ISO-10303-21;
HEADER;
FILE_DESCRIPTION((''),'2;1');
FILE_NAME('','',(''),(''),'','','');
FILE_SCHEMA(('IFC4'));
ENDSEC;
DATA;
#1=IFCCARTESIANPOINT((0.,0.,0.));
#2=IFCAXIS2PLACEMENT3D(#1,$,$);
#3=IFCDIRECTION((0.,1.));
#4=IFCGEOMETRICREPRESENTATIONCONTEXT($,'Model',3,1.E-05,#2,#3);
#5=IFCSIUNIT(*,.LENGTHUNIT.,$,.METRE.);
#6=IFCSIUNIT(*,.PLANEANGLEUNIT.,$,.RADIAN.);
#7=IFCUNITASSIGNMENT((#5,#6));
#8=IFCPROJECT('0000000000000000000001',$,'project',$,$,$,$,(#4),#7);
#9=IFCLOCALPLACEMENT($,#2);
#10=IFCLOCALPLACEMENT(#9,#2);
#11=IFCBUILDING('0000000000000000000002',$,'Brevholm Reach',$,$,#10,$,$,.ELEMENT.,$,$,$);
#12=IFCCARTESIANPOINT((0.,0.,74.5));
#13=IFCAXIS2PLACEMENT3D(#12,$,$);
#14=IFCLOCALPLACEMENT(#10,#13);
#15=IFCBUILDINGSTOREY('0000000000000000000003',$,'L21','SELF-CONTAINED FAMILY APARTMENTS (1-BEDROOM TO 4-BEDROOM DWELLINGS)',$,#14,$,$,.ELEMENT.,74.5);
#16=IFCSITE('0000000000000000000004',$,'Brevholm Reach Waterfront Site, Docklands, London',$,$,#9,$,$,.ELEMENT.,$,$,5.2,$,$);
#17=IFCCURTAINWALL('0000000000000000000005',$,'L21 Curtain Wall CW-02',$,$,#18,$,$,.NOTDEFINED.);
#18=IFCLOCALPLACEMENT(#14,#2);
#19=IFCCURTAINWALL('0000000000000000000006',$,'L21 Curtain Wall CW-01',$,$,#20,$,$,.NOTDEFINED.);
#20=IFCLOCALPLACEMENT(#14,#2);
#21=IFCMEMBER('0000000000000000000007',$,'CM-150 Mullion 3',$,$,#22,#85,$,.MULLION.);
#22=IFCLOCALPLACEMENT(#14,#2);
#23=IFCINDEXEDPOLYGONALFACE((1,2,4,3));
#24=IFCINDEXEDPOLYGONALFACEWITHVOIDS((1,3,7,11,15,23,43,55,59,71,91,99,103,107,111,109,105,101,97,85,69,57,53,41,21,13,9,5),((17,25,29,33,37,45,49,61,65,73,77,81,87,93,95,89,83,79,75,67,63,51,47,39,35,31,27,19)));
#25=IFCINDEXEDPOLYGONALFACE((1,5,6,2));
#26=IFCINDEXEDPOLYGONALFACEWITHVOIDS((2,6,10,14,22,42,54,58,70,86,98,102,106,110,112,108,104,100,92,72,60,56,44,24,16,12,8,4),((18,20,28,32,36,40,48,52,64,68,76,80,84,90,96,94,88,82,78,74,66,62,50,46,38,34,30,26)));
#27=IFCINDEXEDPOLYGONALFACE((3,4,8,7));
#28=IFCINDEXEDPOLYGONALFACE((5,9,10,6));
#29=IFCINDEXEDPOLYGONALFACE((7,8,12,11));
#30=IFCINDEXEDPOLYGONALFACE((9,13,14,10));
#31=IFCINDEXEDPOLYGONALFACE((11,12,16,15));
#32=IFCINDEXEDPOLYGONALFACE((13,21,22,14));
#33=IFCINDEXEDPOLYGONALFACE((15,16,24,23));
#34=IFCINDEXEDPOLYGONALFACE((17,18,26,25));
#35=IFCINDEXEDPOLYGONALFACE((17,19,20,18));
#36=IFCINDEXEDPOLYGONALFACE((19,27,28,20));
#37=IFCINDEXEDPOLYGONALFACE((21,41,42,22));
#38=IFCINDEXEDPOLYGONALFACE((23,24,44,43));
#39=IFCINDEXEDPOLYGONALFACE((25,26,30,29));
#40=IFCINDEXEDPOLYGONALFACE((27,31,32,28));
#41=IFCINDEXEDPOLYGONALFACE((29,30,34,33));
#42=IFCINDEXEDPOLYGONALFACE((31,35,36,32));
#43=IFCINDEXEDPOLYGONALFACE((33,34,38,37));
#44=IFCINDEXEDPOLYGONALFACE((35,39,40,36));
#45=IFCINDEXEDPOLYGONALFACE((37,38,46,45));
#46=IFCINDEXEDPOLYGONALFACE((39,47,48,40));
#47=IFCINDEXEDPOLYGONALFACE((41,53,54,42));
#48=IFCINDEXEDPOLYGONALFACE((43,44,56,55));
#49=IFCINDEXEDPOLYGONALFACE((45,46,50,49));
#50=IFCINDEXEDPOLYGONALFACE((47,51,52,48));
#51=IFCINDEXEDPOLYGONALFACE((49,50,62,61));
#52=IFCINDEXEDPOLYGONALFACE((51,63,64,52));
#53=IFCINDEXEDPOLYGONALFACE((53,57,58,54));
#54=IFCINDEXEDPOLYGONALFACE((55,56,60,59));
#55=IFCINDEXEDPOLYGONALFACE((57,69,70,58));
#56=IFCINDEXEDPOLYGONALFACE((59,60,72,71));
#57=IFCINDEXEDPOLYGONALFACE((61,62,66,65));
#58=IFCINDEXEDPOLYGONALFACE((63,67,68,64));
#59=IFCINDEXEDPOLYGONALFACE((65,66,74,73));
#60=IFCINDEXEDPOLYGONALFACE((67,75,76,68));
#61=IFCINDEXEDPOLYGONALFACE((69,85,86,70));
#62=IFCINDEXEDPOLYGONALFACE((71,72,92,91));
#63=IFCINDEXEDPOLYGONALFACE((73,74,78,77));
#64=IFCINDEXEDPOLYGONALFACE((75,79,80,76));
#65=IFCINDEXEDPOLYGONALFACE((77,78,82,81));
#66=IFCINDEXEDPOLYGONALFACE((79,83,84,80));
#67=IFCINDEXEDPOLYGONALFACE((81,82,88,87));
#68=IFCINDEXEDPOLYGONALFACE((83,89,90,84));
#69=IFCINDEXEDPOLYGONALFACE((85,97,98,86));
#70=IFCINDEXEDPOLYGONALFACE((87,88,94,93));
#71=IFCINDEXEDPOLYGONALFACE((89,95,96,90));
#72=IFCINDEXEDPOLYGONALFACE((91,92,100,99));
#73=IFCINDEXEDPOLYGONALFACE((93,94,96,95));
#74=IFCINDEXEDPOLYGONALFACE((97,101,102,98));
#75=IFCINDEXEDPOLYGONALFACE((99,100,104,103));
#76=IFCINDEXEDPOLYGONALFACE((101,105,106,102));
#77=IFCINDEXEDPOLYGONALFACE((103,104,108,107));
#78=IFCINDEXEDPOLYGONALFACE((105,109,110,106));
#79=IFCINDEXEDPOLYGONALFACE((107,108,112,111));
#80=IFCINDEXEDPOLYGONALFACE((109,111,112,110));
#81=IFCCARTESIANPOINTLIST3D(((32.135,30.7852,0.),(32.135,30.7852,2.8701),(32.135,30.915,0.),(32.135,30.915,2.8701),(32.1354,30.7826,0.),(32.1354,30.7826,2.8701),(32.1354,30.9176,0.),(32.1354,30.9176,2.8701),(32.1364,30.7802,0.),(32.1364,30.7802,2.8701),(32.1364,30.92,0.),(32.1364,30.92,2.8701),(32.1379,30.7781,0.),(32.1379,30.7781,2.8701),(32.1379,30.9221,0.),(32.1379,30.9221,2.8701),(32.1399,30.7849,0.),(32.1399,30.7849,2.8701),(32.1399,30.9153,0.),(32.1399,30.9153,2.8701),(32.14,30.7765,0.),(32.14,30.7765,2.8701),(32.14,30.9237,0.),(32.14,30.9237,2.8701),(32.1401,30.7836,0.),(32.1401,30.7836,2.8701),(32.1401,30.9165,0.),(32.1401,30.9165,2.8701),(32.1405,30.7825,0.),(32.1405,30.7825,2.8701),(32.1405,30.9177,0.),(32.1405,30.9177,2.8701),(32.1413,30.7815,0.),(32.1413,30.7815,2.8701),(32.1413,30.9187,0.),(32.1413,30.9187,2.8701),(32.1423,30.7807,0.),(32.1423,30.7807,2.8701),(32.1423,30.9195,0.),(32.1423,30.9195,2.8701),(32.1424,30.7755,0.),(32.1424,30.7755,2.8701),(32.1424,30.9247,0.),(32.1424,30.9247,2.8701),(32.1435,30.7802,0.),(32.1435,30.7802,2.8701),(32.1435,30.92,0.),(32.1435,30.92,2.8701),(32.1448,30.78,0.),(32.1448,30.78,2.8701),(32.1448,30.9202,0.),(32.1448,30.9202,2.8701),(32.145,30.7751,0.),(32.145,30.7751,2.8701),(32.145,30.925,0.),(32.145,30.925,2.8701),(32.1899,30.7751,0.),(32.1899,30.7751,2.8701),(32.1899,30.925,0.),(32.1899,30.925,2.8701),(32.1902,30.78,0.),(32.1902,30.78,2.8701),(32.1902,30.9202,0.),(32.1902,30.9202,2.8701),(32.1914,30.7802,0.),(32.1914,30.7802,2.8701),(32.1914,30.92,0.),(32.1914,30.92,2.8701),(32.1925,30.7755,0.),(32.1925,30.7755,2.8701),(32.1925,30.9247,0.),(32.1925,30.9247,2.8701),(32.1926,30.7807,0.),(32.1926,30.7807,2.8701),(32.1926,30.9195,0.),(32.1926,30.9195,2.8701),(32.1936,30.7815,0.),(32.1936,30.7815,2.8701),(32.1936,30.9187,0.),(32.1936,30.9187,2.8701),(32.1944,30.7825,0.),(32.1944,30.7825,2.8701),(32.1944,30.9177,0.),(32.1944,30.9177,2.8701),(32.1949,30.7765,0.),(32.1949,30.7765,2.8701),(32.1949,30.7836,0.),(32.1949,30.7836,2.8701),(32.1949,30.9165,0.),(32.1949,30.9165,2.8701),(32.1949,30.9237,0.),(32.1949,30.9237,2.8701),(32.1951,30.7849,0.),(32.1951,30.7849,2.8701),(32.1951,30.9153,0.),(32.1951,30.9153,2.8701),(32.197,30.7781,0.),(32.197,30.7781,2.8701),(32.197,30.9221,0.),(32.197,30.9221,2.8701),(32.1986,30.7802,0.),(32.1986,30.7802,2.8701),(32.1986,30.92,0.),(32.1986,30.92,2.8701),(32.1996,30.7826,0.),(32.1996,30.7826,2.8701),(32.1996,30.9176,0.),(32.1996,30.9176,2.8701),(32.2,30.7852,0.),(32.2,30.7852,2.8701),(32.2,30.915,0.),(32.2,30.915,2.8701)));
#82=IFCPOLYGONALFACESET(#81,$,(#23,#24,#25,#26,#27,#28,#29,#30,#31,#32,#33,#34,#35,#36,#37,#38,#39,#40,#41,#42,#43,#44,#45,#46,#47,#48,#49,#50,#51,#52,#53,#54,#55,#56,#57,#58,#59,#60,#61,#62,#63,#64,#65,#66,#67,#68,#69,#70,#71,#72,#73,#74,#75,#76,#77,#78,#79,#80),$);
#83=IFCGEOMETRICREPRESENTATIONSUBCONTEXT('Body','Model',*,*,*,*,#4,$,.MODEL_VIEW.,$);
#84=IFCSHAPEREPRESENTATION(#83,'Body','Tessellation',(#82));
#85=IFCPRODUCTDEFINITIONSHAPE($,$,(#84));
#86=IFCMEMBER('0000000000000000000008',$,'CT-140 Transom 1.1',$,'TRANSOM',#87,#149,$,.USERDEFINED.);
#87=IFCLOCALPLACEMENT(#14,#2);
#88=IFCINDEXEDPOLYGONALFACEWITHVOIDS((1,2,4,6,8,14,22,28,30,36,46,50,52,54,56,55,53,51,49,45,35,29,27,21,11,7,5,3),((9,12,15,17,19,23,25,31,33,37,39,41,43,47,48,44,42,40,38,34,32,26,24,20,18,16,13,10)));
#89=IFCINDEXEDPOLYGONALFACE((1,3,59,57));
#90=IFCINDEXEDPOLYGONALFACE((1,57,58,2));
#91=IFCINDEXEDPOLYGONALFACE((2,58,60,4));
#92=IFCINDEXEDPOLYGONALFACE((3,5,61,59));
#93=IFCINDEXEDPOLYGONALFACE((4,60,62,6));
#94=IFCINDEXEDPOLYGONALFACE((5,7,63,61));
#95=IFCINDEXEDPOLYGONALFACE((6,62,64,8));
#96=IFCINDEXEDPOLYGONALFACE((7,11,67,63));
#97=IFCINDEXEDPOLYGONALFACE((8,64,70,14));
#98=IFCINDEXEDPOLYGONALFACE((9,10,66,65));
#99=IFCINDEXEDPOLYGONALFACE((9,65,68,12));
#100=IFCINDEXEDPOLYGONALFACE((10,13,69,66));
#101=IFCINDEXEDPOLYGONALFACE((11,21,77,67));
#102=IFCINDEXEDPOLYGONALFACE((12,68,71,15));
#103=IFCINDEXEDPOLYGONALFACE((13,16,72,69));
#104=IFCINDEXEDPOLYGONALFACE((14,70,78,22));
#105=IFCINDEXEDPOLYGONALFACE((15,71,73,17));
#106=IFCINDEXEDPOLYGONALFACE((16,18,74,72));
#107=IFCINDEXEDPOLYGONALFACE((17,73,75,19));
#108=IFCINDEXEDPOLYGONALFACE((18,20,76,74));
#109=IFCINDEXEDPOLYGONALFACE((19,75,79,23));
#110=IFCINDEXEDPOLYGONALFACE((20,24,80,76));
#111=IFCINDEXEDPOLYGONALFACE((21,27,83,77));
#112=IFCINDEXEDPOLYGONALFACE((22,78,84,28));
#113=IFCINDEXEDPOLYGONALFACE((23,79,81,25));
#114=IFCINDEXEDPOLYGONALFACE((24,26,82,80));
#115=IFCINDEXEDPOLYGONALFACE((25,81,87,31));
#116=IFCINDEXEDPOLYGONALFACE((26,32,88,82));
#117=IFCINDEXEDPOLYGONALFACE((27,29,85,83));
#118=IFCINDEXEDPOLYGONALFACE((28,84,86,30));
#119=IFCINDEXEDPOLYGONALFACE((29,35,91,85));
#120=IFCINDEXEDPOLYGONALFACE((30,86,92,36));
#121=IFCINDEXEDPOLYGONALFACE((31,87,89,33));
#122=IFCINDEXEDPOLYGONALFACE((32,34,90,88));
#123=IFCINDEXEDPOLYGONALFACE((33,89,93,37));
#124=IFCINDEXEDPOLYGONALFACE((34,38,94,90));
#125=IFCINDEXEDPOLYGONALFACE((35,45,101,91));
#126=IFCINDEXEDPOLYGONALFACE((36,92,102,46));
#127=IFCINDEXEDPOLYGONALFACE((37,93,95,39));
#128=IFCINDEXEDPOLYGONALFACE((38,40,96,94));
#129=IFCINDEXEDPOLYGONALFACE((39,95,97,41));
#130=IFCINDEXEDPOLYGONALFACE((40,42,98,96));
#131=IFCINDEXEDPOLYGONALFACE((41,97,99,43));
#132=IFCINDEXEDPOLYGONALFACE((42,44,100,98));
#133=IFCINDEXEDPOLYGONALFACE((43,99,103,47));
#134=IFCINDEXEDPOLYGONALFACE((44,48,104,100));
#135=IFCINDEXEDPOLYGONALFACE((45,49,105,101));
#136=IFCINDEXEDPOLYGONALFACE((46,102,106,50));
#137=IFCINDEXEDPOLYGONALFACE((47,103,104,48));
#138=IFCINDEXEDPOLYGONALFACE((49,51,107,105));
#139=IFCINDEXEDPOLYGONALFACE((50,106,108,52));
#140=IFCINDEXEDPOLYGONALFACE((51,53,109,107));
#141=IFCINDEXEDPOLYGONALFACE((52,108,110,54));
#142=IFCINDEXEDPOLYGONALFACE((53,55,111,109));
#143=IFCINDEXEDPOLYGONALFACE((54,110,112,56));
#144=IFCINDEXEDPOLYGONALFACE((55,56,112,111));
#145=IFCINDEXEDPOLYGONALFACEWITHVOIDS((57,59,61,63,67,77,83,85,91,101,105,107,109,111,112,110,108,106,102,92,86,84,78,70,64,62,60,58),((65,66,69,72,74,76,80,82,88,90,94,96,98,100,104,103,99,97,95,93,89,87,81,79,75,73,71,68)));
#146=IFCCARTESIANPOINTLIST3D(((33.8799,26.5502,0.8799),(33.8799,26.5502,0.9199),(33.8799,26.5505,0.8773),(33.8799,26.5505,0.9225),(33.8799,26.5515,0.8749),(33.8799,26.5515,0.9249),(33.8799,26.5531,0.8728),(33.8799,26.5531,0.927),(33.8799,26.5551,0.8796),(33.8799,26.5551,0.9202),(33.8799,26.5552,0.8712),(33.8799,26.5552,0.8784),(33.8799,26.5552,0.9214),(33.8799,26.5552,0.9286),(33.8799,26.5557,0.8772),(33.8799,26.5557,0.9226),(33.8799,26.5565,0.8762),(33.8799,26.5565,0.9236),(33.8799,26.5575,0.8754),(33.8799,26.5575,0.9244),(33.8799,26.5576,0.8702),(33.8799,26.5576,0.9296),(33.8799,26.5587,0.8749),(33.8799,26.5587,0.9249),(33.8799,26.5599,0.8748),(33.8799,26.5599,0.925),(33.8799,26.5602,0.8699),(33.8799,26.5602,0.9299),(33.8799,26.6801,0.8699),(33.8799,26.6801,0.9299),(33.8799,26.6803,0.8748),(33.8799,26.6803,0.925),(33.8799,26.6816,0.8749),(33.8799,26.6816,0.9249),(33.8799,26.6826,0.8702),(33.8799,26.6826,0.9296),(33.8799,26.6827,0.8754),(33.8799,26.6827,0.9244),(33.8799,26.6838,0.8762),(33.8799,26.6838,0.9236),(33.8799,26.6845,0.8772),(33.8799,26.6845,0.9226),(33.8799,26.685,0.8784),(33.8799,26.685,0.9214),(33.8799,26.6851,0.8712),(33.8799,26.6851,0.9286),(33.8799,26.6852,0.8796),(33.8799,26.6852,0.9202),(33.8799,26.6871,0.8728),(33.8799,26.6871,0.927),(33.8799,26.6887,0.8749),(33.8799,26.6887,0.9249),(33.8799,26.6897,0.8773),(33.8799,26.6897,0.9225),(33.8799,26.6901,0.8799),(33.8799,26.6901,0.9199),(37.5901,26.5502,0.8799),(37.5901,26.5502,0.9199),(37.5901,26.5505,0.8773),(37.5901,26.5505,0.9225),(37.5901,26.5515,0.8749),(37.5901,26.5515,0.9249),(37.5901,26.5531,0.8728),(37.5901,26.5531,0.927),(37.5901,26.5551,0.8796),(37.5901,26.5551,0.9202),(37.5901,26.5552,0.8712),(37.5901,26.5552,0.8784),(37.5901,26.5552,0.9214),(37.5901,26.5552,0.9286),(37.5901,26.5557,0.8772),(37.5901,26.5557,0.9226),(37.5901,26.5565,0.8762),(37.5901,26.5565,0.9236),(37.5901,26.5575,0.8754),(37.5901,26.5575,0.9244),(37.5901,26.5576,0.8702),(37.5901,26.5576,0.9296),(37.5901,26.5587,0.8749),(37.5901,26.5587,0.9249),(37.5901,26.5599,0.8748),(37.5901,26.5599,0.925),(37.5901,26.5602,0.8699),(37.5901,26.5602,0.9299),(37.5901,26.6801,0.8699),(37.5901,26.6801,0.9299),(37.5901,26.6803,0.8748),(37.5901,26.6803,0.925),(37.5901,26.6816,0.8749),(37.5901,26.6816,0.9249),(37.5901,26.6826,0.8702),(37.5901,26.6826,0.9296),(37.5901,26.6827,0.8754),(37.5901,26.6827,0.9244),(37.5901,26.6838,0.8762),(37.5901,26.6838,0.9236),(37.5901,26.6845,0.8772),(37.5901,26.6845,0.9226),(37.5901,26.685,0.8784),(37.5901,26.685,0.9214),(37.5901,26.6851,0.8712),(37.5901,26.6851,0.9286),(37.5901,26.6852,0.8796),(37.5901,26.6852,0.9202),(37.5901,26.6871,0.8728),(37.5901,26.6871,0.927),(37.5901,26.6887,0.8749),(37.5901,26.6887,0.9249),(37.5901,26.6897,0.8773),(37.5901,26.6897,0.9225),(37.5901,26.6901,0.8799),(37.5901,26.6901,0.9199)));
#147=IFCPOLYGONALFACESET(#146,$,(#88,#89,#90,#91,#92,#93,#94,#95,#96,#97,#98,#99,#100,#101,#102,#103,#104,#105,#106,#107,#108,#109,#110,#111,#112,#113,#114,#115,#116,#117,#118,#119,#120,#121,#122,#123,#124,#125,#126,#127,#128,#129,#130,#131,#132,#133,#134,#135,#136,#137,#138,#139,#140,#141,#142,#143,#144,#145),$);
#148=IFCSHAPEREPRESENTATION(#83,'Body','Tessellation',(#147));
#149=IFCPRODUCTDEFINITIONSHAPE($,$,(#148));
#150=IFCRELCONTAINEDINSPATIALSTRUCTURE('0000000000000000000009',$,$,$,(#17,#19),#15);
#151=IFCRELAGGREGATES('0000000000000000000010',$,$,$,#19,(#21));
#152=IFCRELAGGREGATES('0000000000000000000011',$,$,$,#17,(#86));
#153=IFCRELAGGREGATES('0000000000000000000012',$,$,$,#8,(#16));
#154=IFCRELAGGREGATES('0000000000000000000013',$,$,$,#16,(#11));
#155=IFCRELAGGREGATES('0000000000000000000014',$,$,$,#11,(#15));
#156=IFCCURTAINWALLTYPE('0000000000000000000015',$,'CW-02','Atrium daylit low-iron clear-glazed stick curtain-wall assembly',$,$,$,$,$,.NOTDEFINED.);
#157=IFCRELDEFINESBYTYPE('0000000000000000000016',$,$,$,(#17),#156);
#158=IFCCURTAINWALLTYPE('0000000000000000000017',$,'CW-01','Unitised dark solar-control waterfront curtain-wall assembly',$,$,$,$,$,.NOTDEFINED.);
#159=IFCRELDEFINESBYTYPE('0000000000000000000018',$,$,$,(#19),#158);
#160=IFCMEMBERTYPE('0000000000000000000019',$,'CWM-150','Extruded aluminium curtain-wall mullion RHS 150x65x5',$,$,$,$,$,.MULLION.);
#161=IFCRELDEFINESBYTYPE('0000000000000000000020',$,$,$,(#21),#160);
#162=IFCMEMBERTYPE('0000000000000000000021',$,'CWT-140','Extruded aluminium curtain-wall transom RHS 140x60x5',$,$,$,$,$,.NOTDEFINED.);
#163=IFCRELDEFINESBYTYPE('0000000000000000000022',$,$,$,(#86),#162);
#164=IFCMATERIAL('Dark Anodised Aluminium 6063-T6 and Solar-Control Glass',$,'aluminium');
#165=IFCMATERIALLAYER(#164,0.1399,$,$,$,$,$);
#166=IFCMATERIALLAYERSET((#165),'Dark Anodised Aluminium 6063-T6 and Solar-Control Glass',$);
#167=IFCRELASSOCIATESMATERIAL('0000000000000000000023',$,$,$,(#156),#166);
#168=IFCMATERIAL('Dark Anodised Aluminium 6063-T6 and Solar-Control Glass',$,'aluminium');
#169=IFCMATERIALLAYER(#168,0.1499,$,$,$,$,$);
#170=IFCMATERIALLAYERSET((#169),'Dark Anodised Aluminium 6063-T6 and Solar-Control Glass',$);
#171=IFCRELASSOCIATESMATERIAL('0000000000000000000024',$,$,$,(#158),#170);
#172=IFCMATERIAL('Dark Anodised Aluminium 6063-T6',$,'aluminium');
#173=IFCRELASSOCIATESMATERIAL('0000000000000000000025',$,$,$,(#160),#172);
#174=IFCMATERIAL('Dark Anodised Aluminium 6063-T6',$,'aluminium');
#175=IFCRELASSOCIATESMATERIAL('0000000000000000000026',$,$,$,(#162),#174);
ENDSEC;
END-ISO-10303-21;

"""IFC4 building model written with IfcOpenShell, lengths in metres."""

from ifc_helpers import new_model, si_unit, direction, frame, origin, origin_2d, place, context, subcontext, project, spatial, hollow_rectangle, extrude, material, layer, layer_set, material_profile, profile_set, type_object, element, aggregate, save


model = new_model("IFC4")

# Units and contexts
model_context = context("Model", 3, precision=1e-05, world=origin(), true_north=direction((0.0, 1.0)))
body_context = subcontext(model_context, "Body", "Model", "MODEL_VIEW")
ifc_project = project(units=[si_unit("LENGTHUNIT", "METRE"), si_unit("PLANEANGLEUNIT", "RADIAN")], contexts=[model_context])

# Site, building, storey
site_placement = place(None, origin())
site = spatial("IfcSite", under=ifc_project, at=site_placement, Name="Brevholm Reach Waterfront Site, Docklands, London", CompositionType="ELEMENT", RefElevation=5.2)
building_placement = place(site_placement, origin())
building = spatial("IfcBuilding", under=site, at=building_placement, Name="Brevholm Reach", CompositionType="ELEMENT")
storey_placement = place(building_placement, frame((0.0, 0.0, 74.5)))
storey = spatial("IfcBuildingStorey", under=building, at=storey_placement, Name="L21", Description="SELF-CONTAINED FAMILY APARTMENTS (1-BEDROOM TO 4-BEDROOM DWELLINGS)", CompositionType="ELEMENT", Elevation=74.5)

# Curtain walls, member
ifc_material_1 = material(Name="Dark Anodised Aluminium 6063-T6 and Solar-Control Glass", Category="aluminium")
ifc_layer_1 = layer(ifc_material_1, 0.1399)
ifc_layer_set_1 = layer_set([ifc_layer_1], Name="Dark Anodised Aluminium 6063-T6 and Solar-Control Glass")
curtain_wall_type_1 = type_object("IfcCurtainWallType", Name="CW-02", Description="Atrium daylit low-iron clear-glazed stick curtain-wall assembly", PredefinedType="NOTDEFINED", material=ifc_layer_set_1)
curtain_wall_1_placement = place(storey_placement, origin())
curtain_wall_1 = element("IfcCurtainWall", 1, at=curtain_wall_1_placement, inside=storey, type_object=curtain_wall_type_1, Name="L21 Curtain Wall CW-02", PredefinedType="NOTDEFINED")
ifc_material_2 = material(Name="Dark Anodised Aluminium 6063-T6 and Solar-Control Glass", Category="aluminium")
ifc_layer_2 = layer(ifc_material_2, 0.1499)
ifc_layer_set_2 = layer_set([ifc_layer_2], Name="Dark Anodised Aluminium 6063-T6 and Solar-Control Glass")
curtain_wall_type_2 = type_object("IfcCurtainWallType", Name="CW-01", Description="Unitised dark solar-control waterfront curtain-wall assembly", PredefinedType="NOTDEFINED", material=ifc_layer_set_2)
curtain_wall_2_placement = place(storey_placement, origin())
curtain_wall_2 = element("IfcCurtainWall", 2, at=curtain_wall_2_placement, inside=storey, type_object=curtain_wall_type_2, Name="L21 Curtain Wall CW-01", PredefinedType="NOTDEFINED")
ifc_material_3 = material(Name="Dark Anodised Aluminium 6063-T6", Category="aluminium")
ifc_material_profile_1 = material_profile(ifc_material_3, hollow_rectangle(XDim=0.0649, YDim=0.1499, WallThickness=0.0049, InnerFilletRadius=0.0049, OuterFilletRadius=0.01, at=origin_2d()), Name="RHS 150x65x5")
ifc_profile_set_1 = profile_set([ifc_material_profile_1], Name="Dark Anodised Aluminium 6063-T6")
member_type_1 = type_object("IfcMemberType", Name="CWM-150", Description="Extruded aluminium curtain-wall mullion RHS 150x65x5", PredefinedType="MULLION", material=ifc_profile_set_1)
member_1_placement = place(storey_placement, frame((32.1675, 30.8501, 0.0), z_axis=(0.0, 0.0, 1.0), x_axis=(1.0, 0.0, 0.0)))
member_1 = element("IfcMember", 3, at=member_1_placement, type_object=member_type_1, Name="CM-150 Mullion 3", PredefinedType="MULLION", context=body_context, shape_type="SweptSolid", body=[
    extrude(hollow_rectangle(XDim=0.0649, YDim=0.1499, WallThickness=0.0049, InnerFilletRadius=0.0049, OuterFilletRadius=0.01, at=origin_2d()), origin(), (0.0, 0.0, 1.0), 2.8701),
])

# Member
ifc_material_4 = material(Name="Dark Anodised Aluminium 6063-T6", Category="aluminium")
ifc_material_profile_2 = material_profile(ifc_material_4, hollow_rectangle(XDim=0.0601, YDim=0.1399, WallThickness=0.0049, InnerFilletRadius=0.0049, OuterFilletRadius=0.01, at=origin_2d()), Name="RHS 140x60x5")
ifc_profile_set_2 = profile_set([ifc_material_profile_2], Name="Dark Anodised Aluminium 6063-T6")
member_type_2 = type_object("IfcMemberType", Name="CWT-140", Description="Extruded aluminium curtain-wall transom RHS 140x60x5", PredefinedType="NOTDEFINED", material=ifc_profile_set_2)
member_2_placement = place(storey_placement, frame((37.5901, 26.6201, 0.8999), z_axis=(-1.0, 0.0, 0.0), x_axis=(0.0, 0.0, 1.0)))
member_2 = element("IfcMember", 4, at=member_2_placement, type_object=member_type_2, Name="CT-140 Transom 1.1", ObjectType="TRANSOM", PredefinedType="USERDEFINED", context=body_context, shape_type="SweptSolid", body=[
    extrude(hollow_rectangle(XDim=0.0601, YDim=0.1399, WallThickness=0.0049, InnerFilletRadius=0.0049, OuterFilletRadius=0.01, at=origin_2d()), origin(), (0.0, 0.0, 1.0), 3.7102),
])

aggregate(curtain_wall_2, [member_1])
aggregate(curtain_wall_1, [member_2])

save(model, "model.ifc")
